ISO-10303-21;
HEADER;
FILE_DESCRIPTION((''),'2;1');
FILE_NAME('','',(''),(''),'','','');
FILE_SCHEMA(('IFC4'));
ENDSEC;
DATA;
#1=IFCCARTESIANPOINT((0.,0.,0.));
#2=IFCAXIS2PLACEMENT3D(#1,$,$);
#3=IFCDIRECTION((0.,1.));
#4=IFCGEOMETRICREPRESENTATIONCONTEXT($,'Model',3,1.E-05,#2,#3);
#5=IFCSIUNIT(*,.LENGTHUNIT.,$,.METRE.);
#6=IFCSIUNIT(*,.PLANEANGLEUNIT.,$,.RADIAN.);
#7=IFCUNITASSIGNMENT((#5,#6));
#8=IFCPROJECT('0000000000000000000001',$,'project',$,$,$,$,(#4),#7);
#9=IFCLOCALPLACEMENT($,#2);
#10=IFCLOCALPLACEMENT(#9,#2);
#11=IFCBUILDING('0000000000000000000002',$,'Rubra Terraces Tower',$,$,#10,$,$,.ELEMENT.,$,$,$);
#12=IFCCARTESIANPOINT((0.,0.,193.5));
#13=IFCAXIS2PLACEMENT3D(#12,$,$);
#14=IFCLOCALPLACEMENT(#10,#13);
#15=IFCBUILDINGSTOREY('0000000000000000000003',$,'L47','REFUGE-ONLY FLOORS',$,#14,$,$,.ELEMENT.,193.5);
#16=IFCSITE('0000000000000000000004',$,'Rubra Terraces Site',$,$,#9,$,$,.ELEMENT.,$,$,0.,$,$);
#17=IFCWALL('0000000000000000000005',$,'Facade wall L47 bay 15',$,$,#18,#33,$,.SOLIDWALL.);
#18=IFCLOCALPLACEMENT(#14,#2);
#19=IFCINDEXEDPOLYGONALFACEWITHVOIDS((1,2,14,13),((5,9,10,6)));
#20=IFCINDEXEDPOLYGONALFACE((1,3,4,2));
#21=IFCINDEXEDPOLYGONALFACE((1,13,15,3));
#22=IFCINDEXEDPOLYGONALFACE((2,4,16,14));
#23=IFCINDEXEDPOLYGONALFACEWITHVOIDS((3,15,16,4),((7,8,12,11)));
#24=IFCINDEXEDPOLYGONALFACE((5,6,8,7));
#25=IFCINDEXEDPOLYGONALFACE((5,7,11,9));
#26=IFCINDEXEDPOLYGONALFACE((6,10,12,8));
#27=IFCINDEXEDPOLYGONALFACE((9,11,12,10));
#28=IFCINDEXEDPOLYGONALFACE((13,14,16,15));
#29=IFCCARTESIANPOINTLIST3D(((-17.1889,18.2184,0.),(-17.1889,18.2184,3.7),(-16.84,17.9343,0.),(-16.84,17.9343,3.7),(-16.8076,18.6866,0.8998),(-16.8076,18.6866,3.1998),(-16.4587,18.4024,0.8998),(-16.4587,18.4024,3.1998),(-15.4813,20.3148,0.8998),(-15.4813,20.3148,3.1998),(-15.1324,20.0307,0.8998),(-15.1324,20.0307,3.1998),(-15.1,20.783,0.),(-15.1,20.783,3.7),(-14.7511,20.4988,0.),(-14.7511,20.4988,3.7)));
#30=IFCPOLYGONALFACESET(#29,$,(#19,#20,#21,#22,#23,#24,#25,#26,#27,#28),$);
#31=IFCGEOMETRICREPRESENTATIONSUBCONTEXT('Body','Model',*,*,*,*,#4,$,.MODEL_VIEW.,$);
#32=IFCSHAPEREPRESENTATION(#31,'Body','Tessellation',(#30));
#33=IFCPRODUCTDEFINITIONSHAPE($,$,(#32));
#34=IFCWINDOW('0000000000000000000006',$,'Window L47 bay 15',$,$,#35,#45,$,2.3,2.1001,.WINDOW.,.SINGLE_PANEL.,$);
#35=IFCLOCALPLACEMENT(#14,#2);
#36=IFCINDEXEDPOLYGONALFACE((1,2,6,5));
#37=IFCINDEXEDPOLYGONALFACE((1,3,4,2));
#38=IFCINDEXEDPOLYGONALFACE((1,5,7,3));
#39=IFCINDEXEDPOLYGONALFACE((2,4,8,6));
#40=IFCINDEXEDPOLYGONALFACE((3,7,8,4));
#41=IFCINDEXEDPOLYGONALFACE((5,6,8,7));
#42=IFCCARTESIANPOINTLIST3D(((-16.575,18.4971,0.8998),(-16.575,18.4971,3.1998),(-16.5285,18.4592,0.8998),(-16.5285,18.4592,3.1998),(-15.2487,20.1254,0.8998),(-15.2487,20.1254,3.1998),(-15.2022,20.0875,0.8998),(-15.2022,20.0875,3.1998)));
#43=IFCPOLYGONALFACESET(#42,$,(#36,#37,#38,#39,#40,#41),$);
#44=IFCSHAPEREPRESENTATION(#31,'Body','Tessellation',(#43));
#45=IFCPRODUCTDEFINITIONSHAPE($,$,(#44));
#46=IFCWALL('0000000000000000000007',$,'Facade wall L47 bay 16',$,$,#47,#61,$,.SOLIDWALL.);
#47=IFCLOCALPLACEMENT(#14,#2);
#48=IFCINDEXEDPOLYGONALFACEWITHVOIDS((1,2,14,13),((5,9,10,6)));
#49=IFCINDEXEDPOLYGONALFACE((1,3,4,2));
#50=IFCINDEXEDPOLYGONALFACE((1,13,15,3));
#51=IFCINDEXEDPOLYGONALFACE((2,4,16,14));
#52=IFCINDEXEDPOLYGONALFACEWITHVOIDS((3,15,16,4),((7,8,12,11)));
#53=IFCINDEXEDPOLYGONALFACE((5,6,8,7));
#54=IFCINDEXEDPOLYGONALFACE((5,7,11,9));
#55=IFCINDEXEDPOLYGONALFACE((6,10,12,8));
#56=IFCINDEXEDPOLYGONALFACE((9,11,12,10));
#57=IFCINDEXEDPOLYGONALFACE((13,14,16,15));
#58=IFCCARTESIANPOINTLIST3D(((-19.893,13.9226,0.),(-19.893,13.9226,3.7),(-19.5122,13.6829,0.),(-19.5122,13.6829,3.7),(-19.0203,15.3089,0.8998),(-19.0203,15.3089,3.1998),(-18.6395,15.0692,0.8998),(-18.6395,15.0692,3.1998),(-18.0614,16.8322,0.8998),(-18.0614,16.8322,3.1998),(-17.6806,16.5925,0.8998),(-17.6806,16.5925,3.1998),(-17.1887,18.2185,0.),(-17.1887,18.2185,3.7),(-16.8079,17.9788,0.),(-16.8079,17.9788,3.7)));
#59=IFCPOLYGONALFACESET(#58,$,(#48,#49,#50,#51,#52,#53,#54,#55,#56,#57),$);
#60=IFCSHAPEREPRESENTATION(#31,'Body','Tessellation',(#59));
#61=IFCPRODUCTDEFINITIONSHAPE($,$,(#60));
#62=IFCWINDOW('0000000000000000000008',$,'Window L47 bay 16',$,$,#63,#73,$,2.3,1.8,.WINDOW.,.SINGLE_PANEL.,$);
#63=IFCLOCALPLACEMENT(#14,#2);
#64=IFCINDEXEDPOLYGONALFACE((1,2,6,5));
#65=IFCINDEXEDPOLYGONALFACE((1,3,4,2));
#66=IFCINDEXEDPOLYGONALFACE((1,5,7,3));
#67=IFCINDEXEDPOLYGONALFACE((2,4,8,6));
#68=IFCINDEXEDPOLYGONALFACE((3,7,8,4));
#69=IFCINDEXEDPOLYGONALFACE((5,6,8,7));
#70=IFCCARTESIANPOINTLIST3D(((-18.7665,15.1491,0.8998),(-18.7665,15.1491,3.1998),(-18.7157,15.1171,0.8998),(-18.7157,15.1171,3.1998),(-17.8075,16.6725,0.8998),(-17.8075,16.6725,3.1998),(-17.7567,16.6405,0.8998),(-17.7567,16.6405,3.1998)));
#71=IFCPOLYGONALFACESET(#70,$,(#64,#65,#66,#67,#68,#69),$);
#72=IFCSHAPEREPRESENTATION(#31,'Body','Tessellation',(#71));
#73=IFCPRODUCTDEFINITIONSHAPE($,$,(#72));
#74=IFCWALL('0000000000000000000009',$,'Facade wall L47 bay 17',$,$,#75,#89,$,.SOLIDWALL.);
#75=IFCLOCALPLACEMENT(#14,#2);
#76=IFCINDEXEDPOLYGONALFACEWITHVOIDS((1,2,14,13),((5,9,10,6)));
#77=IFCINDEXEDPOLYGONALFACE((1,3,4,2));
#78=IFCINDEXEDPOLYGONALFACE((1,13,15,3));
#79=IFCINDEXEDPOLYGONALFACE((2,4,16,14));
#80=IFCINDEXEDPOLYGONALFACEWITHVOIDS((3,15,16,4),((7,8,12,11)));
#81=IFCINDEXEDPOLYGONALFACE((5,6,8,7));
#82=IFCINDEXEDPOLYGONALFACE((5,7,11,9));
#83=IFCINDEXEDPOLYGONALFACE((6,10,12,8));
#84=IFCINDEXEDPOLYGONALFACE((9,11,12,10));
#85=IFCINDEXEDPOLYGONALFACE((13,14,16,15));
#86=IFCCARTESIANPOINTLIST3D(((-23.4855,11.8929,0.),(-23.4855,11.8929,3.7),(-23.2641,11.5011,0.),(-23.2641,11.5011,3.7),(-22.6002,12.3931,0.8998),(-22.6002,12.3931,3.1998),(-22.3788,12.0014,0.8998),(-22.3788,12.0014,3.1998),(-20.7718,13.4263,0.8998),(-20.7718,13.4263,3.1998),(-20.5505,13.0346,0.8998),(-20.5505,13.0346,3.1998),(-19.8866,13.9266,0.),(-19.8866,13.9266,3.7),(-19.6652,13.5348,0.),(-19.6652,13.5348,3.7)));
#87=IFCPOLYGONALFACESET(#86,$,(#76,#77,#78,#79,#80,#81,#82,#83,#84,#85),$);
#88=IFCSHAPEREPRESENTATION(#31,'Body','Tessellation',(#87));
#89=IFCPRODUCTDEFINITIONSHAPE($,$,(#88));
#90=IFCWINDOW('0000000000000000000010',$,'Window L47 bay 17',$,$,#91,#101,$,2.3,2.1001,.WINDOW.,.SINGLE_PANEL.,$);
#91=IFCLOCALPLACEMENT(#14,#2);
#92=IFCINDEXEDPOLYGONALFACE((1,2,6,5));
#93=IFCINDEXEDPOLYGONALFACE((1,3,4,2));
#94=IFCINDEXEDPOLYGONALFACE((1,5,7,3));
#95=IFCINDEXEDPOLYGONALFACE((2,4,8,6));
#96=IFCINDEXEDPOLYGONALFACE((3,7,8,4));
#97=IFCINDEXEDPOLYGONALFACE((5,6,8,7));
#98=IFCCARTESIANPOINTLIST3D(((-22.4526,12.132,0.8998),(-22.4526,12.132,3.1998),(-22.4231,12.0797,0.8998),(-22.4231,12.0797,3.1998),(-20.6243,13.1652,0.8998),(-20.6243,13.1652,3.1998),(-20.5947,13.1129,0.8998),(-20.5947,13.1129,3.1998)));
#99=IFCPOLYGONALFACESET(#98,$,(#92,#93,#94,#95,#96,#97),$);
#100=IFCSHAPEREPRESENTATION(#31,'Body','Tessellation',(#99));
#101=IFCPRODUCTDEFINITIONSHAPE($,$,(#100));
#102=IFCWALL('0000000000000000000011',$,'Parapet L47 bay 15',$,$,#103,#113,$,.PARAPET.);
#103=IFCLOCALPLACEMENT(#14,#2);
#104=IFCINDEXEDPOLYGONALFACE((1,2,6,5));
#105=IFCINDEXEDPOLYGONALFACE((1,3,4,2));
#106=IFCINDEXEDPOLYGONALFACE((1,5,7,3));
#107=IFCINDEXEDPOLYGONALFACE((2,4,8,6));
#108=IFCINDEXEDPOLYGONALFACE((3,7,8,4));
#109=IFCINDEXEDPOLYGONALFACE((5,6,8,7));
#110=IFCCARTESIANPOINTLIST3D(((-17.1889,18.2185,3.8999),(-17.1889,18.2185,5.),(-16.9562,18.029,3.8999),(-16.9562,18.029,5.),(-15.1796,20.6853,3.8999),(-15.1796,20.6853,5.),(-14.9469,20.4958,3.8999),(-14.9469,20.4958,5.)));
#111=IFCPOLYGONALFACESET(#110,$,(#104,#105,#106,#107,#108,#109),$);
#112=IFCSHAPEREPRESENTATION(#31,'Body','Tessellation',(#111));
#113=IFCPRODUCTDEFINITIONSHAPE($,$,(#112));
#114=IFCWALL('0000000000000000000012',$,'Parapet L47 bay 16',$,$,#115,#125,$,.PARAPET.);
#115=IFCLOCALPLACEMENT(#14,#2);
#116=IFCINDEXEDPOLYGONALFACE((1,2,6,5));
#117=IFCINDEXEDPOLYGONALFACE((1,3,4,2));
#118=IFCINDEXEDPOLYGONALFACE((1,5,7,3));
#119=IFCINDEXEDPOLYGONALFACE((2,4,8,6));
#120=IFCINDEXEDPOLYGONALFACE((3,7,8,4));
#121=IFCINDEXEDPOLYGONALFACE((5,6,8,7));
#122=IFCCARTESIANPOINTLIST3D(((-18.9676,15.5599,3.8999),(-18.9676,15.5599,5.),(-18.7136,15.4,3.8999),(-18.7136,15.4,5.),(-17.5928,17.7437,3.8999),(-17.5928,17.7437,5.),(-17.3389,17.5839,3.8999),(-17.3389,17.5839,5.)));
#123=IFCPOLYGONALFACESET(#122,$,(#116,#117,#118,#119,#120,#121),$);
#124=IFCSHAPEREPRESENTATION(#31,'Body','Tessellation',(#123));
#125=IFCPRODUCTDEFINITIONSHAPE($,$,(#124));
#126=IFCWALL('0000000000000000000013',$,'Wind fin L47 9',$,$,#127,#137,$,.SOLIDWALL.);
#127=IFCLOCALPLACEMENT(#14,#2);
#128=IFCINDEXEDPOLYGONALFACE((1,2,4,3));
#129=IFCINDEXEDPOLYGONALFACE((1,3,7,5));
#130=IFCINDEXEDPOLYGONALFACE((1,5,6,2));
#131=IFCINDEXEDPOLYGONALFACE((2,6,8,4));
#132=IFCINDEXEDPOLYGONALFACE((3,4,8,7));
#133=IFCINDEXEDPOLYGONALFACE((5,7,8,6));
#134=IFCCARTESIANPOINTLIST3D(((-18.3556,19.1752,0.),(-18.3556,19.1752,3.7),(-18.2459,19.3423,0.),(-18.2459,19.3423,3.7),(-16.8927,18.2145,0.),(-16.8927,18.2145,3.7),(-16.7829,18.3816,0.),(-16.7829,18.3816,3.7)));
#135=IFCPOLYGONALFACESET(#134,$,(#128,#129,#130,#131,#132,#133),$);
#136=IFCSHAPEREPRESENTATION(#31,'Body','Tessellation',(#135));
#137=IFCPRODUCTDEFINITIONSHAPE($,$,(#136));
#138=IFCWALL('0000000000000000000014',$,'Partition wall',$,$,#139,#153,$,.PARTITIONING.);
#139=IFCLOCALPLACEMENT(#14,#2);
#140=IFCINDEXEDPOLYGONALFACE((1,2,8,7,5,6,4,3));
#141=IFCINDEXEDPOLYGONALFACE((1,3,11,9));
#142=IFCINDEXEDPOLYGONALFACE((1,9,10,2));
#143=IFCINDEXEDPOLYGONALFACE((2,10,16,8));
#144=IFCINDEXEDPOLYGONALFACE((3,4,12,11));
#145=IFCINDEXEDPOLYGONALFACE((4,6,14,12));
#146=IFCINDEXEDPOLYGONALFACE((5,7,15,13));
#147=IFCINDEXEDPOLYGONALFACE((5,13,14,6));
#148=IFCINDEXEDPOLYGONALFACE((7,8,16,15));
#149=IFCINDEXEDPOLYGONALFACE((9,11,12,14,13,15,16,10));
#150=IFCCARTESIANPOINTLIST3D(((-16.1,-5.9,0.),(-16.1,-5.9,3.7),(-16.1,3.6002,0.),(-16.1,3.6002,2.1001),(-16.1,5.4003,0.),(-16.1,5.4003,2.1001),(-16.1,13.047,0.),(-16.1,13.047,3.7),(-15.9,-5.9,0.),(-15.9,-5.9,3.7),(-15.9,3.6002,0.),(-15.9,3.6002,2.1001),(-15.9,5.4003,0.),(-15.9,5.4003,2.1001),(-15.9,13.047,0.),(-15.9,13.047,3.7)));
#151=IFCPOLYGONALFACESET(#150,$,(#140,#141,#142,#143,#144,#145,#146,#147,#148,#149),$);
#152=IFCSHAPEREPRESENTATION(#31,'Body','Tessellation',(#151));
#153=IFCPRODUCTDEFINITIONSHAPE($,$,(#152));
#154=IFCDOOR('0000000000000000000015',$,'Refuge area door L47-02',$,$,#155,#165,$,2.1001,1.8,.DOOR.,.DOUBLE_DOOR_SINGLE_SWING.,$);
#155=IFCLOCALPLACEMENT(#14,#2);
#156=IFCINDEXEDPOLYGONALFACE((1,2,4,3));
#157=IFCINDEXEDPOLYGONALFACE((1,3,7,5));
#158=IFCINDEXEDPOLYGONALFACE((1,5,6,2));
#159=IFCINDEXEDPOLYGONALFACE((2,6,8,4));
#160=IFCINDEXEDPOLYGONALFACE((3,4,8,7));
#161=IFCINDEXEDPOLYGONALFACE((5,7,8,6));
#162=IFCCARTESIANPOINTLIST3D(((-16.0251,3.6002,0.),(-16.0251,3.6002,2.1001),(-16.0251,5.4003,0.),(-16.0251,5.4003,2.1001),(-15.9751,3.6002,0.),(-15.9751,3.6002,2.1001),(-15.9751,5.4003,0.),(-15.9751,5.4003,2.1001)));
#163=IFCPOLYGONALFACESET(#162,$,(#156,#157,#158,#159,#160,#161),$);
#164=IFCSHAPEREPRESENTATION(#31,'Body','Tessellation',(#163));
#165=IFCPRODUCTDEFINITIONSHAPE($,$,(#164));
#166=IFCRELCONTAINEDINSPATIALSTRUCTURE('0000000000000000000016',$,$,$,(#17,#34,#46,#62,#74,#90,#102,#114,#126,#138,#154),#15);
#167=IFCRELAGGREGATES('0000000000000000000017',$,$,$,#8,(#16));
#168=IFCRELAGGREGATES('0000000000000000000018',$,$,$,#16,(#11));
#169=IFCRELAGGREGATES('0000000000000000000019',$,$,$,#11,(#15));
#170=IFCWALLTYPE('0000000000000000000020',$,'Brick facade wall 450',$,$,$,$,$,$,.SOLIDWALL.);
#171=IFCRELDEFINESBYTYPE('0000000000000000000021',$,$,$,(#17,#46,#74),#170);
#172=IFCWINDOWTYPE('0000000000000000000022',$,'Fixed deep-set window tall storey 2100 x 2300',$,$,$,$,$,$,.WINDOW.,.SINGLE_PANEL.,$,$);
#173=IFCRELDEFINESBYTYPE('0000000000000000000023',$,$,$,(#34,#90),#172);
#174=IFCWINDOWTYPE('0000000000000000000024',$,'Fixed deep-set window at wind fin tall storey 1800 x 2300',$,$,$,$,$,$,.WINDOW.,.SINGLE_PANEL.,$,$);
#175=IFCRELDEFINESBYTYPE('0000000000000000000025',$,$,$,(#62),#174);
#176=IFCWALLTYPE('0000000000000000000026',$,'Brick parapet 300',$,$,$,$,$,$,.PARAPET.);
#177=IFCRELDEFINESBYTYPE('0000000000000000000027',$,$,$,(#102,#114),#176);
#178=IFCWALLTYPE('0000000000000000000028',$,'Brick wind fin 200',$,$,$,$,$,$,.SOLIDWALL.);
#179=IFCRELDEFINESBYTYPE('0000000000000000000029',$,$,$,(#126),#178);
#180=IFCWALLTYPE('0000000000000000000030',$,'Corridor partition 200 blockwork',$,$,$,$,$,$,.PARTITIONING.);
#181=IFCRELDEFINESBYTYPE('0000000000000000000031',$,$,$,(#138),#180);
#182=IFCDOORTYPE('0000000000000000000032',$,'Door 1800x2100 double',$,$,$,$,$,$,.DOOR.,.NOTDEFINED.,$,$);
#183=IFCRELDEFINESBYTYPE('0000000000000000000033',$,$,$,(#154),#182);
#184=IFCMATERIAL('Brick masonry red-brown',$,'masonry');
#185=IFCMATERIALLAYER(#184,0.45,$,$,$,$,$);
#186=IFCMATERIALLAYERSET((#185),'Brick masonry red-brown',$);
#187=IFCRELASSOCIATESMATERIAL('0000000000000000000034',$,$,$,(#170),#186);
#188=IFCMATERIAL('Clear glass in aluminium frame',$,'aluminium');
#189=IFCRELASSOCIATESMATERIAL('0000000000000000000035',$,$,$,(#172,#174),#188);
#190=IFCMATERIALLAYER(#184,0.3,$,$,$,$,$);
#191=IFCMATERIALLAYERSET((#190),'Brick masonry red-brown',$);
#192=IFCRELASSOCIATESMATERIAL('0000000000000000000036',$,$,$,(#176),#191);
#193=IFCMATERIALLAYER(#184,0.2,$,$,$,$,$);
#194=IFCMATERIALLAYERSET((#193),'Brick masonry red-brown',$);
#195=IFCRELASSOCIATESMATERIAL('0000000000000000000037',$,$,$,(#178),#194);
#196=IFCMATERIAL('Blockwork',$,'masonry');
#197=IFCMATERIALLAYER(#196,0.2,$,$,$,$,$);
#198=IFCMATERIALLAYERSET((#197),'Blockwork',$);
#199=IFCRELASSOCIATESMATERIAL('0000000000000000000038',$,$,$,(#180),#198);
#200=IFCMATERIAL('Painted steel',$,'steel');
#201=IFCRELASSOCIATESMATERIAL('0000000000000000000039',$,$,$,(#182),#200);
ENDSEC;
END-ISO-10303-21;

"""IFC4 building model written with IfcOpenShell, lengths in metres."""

from ifc_helpers import new_model, si_unit, direction, frame, frame_2d, origin, place, context, subcontext, project, spatial, rectangle, extrude, material, layer, layer_set, type_object, element, fill, save


model = new_model("IFC4")

# Units and contexts
model_context = context("Model", 3, precision=1e-05, world=origin(), true_north=direction((0.0, 1.0)))
body_context = subcontext(model_context, "Body", "Model", "MODEL_VIEW")
ifc_project = project(units=[si_unit("LENGTHUNIT", "METRE"), si_unit("PLANEANGLEUNIT", "RADIAN")], contexts=[model_context])

# Site, building, storey
site_placement = place(None, origin())
site = spatial("IfcSite", under=ifc_project, at=site_placement, Name="Rubra Terraces Site", CompositionType="ELEMENT", RefElevation=0.0)
building_placement = place(site_placement, origin())
building = spatial("IfcBuilding", under=site, at=building_placement, Name="Rubra Terraces Tower", CompositionType="ELEMENT")
storey_placement = place(building_placement, frame((0.0, 0.0, 193.5)))
storey = spatial("IfcBuildingStorey", under=building, at=storey_placement, Name="L47", Description="REFUGE-ONLY FLOORS", CompositionType="ELEMENT", Elevation=193.5)

# Shared definitions
ifc_material_1 = material(Name="Brick masonry red-brown", Category="masonry")

# Walls, openings, windows
ifc_layer_1 = layer(ifc_material_1, 0.45)
ifc_layer_set_1 = layer_set([ifc_layer_1], Name="Brick masonry red-brown")
wall_type_1 = type_object("IfcWallType", Name="Brick facade wall 450", PredefinedType="SOLIDWALL", material=ifc_layer_set_1)
wall_1_placement = place(storey_placement, frame((-14.9255, 20.6409, 0.0), z_axis=(0.0, 0.0, 1.0), x_axis=(-0.631548, -0.775337, 0.0)))
wall_1 = element("IfcWall", 1, at=wall_1_placement, inside=storey, type_object=wall_type_1, Name="Facade wall L47 bay 15", PredefinedType="SOLIDWALL", context=body_context, shape_type="SweptSolid", body=[
    extrude(rectangle(XDim=3.3076, YDim=0.45, at=frame_2d((1.6538, 0.0))), origin(), (0.0, 0.0, 1.0), 3.7),
])
opening_1_placement = place(wall_1_placement, frame((0.6038, 0.0, 0.8999)))
opening_1 = element("IfcOpeningElement", 2, at=opening_1_placement, cuts=wall_1, PredefinedType="OPENING", context=body_context, shape_type="SweptSolid", body=[
    extrude(rectangle(XDim=2.1001, YDim=2.3, at=frame_2d((1.05, 1.1499))), frame((0.0, 0.2349, 0.0), z_axis=(0.0, -1.0, 0.0), x_axis=(1.0, 0.0, 0.0)), (0.0, 0.0, 1.0), 0.47),
])
ifc_material_2 = material(Name="Clear glass in aluminium frame", Category="aluminium")
window_type_1 = type_object("IfcWindowType", Name="Fixed deep-set window tall storey 2100 x 2300", PartitioningType="SINGLE_PANEL", PredefinedType="WINDOW", material=ifc_material_2)
window_1_placement = place(opening_1_placement, origin())
window_1 = element("IfcWindow", 3, at=window_1_placement, inside=storey, type_object=window_type_1, Name="Window L47 bay 15", OverallHeight=2.3, OverallWidth=2.1001, PartitioningType="SINGLE_PANEL", PredefinedType="WINDOW", context=body_context, shape_type="SweptSolid", body=[
    extrude(rectangle(XDim=2.1001, YDim=2.3, at=frame_2d((1.05, 1.1499))), frame((0.0, 0.135, 0.0), z_axis=(0.0, -1.0, 0.0), x_axis=(1.0, 0.0, 0.0)), (0.0, 0.0, 1.0), 0.0601),
])
fill(opening_1, window_1)
wall_2_placement = place(storey_placement, frame((-16.9983, 18.0986, 0.0), z_axis=(0.0, 0.0, 1.0), x_axis=(-0.532746, -0.846275, 0.0)))
wall_2 = element("IfcWall", 4, at=wall_2_placement, inside=storey, type_object=wall_type_1, Name="Facade wall L47 bay 16", PredefinedType="SOLIDWALL", context=body_context, shape_type="SweptSolid", body=[
    extrude(rectangle(XDim=5.0762, YDim=0.45, at=frame_2d((2.5381, 0.0))), origin(), (0.0, 0.0, 1.0), 3.7),
])
opening_2_placement = place(wall_2_placement, frame((1.6382, 0.0, 0.8999)))
opening_2 = element("IfcOpeningElement", 5, at=opening_2_placement, cuts=wall_2, PredefinedType="OPENING", context=body_context, shape_type="SweptSolid", body=[
    extrude(rectangle(XDim=1.8, YDim=2.3, at=frame_2d((0.8999, 1.1499))), frame((0.0, 0.2349, 0.0), z_axis=(0.0, -1.0, 0.0), x_axis=(1.0, 0.0, 0.0)), (0.0, 0.0, 1.0), 0.47),
])
window_type_2 = type_object("IfcWindowType", Name="Fixed deep-set window at wind fin tall storey 1800 x 2300", PartitioningType="SINGLE_PANEL", PredefinedType="WINDOW", material=ifc_material_2)
window_2_placement = place(opening_2_placement, origin())
window_2 = element("IfcWindow", 6, at=window_2_placement, inside=storey, type_object=window_type_2, Name="Window L47 bay 16", OverallHeight=2.3, OverallWidth=1.8, PartitioningType="SINGLE_PANEL", PredefinedType="WINDOW", context=body_context, shape_type="SweptSolid", body=[
    extrude(rectangle(XDim=1.8, YDim=2.3, at=frame_2d((0.8999, 1.1499))), frame((0.0, 0.135, 0.0), z_axis=(0.0, -1.0, 0.0), x_axis=(1.0, 0.0, 0.0)), (0.0, 0.0, 1.0), 0.0601),
])
fill(opening_2, window_2)
wall_3_placement = place(storey_placement, frame((-19.7759, 13.7307, 0.0), z_axis=(0.0, 0.0, 1.0), x_axis=(-0.87061, -0.491974, 0.0)))
wall_3 = element("IfcWall", 7, at=wall_3_placement, inside=storey, type_object=wall_type_1, Name="Facade wall L47 bay 17", PredefinedType="SOLIDWALL", context=body_context, shape_type="SweptSolid", body=[
    extrude(rectangle(XDim=4.1338, YDim=0.45, at=frame_2d((2.0669, 0.0))), origin(), (0.0, 0.0, 1.0), 3.7),
])
opening_3_placement = place(wall_3_placement, frame((1.0168, 0.0, 0.8999)))
opening_3 = element("IfcOpeningElement", 8, at=opening_3_placement, cuts=wall_3, PredefinedType="OPENING", context=body_context, shape_type="SweptSolid", body=[
    extrude(rectangle(XDim=2.1001, YDim=2.3, at=frame_2d((1.05, 1.1499))), frame((0.0, 0.2349, 0.0), z_axis=(0.0, -1.0, 0.0), x_axis=(1.0, 0.0, 0.0)), (0.0, 0.0, 1.0), 0.47),
])
window_3_placement = place(opening_3_placement, origin())
window_3 = element("IfcWindow", 9, at=window_3_placement, inside=storey, type_object=window_type_1, Name="Window L47 bay 17", OverallHeight=2.3, OverallWidth=2.1001, PartitioningType="SINGLE_PANEL", PredefinedType="WINDOW", context=body_context, shape_type="SweptSolid", body=[
    extrude(rectangle(XDim=2.1001, YDim=2.3, at=frame_2d((1.05, 1.1499))), frame((0.0, 0.135, 0.0), z_axis=(0.0, -1.0, 0.0), x_axis=(1.0, 0.0, 0.0)), (0.0, 0.0, 1.0), 0.0601),
])
fill(opening_3, window_3)

# Walls
ifc_layer_2 = layer(ifc_material_1, 0.3)
ifc_layer_set_2 = layer_set([ifc_layer_2], Name="Brick masonry red-brown")
wall_type_2 = type_object("IfcWallType", Name="Brick parapet 300", PredefinedType="PARAPET", material=ifc_layer_set_2)
wall_4_placement = place(storey_placement, frame((-15.0632, 20.5906, 3.8999), z_axis=(0.0, 0.0, 1.0), x_axis=(-0.63154, -0.775344, 0.0)))
element("IfcWall", 10, at=wall_4_placement, inside=storey, type_object=wall_type_2, Name="Parapet L47 bay 15", PredefinedType="PARAPET", context=body_context, shape_type="SweptSolid", body=[
    extrude(rectangle(XDim=3.1816, YDim=0.3, at=frame_2d((1.5908, 0.0))), origin(), (0.0, 0.0, 1.0), 1.1001),
])
wall_5_placement = place(storey_placement, frame((-17.4658, 17.6638, 3.8999), z_axis=(0.0, 0.0, 1.0), x_axis=(-0.532743, -0.846277, 0.0)))
element("IfcWall", 11, at=wall_5_placement, inside=storey, type_object=wall_type_2, Name="Parapet L47 bay 16", PredefinedType="PARAPET", context=body_context, shape_type="SweptSolid", body=[
    extrude(rectangle(XDim=2.5806, YDim=0.3, at=frame_2d((1.2903, 0.0))), origin(), (0.0, 0.0, 1.0), 1.1001),
])
ifc_layer_3 = layer(ifc_material_1, 0.2)
ifc_layer_set_3 = layer_set([ifc_layer_3], Name="Brick masonry red-brown")
wall_type_3 = type_object("IfcWallType", Name="Brick wind fin 200", PredefinedType="SOLIDWALL", material=ifc_layer_set_3)
wall_6_placement = place(storey_placement, frame((-16.8379, 18.2981, 0.0), z_axis=(0.0, 0.0, 1.0), x_axis=(-0.835872, 0.548925, 0.0)))
element("IfcWall", 12, at=wall_6_placement, inside=storey, type_object=wall_type_3, Name="Wind fin L47 9", PredefinedType="SOLIDWALL", context=body_context, shape_type="SweptSolid", body=[
    extrude(rectangle(XDim=1.7502, YDim=0.2, at=frame_2d((0.875, 0.0))), origin(), (0.0, 0.0, 1.0), 3.7),
])

# Wall, opening, door
ifc_material_3 = material(Name="Blockwork", Category="masonry")
ifc_layer_4 = layer(ifc_material_3, 0.2)
ifc_layer_set_4 = layer_set([ifc_layer_4], Name="Blockwork")
wall_type_4 = type_object("IfcWallType", Name="Corridor partition 200 blockwork", PredefinedType="PARTITIONING", material=ifc_layer_set_4)
wall_7_placement = place(storey_placement, frame((-16.0, 13.0471, 0.0), z_axis=(0.0, 0.0, 1.0), x_axis=(0.0, -1.0, 0.0)))
wall_7 = element("IfcWall", 13, at=wall_7_placement, inside=storey, type_object=wall_type_4, Name="Partition wall", PredefinedType="PARTITIONING", context=body_context, shape_type="SweptSolid", body=[
    extrude(rectangle(XDim=18.947, YDim=0.2, at=frame_2d((9.4736, 0.0))), origin(), (0.0, 0.0, 1.0), 3.7),
])
opening_4_placement = place(wall_7_placement, frame((7.647, 0.0, 0.0)))
opening_4 = element("IfcOpeningElement", 14, at=opening_4_placement, cuts=wall_7, PredefinedType="OPENING", context=body_context, shape_type="SweptSolid", body=[
    extrude(rectangle(XDim=1.8, YDim=2.1001, at=frame_2d((0.8999, 1.05))), frame((0.0, 0.1099, 0.0), z_axis=(0.0, -1.0, 0.0), x_axis=(1.0, 0.0, 0.0)), (0.0, 0.0, 1.0), 0.22),
])
ifc_material_4 = material(Name="Painted steel", Category="steel")
door_type = type_object("IfcDoorType", Name="Door 1800x2100 double", OperationType="NOTDEFINED", PredefinedType="DOOR", material=ifc_material_4)
door_placement = place(opening_4_placement, origin())
door = element("IfcDoor", 15, at=door_placement, inside=storey, type_object=door_type, Name="Refuge area door L47-02", OperationType="DOUBLE_DOOR_SINGLE_SWING", OverallHeight=2.1001, OverallWidth=1.8, PredefinedType="DOOR", context=body_context, shape_type="SweptSolid", body=[
    extrude(rectangle(XDim=1.8, YDim=2.1001, at=frame_2d((0.8999, 1.05))), frame((0.0, 0.0249, 0.0), z_axis=(0.0, -1.0, 0.0), x_axis=(1.0, 0.0, 0.0)), (0.0, 0.0, 1.0), 0.05),
])
fill(opening_4, door)

save(model, "model.ifc")
